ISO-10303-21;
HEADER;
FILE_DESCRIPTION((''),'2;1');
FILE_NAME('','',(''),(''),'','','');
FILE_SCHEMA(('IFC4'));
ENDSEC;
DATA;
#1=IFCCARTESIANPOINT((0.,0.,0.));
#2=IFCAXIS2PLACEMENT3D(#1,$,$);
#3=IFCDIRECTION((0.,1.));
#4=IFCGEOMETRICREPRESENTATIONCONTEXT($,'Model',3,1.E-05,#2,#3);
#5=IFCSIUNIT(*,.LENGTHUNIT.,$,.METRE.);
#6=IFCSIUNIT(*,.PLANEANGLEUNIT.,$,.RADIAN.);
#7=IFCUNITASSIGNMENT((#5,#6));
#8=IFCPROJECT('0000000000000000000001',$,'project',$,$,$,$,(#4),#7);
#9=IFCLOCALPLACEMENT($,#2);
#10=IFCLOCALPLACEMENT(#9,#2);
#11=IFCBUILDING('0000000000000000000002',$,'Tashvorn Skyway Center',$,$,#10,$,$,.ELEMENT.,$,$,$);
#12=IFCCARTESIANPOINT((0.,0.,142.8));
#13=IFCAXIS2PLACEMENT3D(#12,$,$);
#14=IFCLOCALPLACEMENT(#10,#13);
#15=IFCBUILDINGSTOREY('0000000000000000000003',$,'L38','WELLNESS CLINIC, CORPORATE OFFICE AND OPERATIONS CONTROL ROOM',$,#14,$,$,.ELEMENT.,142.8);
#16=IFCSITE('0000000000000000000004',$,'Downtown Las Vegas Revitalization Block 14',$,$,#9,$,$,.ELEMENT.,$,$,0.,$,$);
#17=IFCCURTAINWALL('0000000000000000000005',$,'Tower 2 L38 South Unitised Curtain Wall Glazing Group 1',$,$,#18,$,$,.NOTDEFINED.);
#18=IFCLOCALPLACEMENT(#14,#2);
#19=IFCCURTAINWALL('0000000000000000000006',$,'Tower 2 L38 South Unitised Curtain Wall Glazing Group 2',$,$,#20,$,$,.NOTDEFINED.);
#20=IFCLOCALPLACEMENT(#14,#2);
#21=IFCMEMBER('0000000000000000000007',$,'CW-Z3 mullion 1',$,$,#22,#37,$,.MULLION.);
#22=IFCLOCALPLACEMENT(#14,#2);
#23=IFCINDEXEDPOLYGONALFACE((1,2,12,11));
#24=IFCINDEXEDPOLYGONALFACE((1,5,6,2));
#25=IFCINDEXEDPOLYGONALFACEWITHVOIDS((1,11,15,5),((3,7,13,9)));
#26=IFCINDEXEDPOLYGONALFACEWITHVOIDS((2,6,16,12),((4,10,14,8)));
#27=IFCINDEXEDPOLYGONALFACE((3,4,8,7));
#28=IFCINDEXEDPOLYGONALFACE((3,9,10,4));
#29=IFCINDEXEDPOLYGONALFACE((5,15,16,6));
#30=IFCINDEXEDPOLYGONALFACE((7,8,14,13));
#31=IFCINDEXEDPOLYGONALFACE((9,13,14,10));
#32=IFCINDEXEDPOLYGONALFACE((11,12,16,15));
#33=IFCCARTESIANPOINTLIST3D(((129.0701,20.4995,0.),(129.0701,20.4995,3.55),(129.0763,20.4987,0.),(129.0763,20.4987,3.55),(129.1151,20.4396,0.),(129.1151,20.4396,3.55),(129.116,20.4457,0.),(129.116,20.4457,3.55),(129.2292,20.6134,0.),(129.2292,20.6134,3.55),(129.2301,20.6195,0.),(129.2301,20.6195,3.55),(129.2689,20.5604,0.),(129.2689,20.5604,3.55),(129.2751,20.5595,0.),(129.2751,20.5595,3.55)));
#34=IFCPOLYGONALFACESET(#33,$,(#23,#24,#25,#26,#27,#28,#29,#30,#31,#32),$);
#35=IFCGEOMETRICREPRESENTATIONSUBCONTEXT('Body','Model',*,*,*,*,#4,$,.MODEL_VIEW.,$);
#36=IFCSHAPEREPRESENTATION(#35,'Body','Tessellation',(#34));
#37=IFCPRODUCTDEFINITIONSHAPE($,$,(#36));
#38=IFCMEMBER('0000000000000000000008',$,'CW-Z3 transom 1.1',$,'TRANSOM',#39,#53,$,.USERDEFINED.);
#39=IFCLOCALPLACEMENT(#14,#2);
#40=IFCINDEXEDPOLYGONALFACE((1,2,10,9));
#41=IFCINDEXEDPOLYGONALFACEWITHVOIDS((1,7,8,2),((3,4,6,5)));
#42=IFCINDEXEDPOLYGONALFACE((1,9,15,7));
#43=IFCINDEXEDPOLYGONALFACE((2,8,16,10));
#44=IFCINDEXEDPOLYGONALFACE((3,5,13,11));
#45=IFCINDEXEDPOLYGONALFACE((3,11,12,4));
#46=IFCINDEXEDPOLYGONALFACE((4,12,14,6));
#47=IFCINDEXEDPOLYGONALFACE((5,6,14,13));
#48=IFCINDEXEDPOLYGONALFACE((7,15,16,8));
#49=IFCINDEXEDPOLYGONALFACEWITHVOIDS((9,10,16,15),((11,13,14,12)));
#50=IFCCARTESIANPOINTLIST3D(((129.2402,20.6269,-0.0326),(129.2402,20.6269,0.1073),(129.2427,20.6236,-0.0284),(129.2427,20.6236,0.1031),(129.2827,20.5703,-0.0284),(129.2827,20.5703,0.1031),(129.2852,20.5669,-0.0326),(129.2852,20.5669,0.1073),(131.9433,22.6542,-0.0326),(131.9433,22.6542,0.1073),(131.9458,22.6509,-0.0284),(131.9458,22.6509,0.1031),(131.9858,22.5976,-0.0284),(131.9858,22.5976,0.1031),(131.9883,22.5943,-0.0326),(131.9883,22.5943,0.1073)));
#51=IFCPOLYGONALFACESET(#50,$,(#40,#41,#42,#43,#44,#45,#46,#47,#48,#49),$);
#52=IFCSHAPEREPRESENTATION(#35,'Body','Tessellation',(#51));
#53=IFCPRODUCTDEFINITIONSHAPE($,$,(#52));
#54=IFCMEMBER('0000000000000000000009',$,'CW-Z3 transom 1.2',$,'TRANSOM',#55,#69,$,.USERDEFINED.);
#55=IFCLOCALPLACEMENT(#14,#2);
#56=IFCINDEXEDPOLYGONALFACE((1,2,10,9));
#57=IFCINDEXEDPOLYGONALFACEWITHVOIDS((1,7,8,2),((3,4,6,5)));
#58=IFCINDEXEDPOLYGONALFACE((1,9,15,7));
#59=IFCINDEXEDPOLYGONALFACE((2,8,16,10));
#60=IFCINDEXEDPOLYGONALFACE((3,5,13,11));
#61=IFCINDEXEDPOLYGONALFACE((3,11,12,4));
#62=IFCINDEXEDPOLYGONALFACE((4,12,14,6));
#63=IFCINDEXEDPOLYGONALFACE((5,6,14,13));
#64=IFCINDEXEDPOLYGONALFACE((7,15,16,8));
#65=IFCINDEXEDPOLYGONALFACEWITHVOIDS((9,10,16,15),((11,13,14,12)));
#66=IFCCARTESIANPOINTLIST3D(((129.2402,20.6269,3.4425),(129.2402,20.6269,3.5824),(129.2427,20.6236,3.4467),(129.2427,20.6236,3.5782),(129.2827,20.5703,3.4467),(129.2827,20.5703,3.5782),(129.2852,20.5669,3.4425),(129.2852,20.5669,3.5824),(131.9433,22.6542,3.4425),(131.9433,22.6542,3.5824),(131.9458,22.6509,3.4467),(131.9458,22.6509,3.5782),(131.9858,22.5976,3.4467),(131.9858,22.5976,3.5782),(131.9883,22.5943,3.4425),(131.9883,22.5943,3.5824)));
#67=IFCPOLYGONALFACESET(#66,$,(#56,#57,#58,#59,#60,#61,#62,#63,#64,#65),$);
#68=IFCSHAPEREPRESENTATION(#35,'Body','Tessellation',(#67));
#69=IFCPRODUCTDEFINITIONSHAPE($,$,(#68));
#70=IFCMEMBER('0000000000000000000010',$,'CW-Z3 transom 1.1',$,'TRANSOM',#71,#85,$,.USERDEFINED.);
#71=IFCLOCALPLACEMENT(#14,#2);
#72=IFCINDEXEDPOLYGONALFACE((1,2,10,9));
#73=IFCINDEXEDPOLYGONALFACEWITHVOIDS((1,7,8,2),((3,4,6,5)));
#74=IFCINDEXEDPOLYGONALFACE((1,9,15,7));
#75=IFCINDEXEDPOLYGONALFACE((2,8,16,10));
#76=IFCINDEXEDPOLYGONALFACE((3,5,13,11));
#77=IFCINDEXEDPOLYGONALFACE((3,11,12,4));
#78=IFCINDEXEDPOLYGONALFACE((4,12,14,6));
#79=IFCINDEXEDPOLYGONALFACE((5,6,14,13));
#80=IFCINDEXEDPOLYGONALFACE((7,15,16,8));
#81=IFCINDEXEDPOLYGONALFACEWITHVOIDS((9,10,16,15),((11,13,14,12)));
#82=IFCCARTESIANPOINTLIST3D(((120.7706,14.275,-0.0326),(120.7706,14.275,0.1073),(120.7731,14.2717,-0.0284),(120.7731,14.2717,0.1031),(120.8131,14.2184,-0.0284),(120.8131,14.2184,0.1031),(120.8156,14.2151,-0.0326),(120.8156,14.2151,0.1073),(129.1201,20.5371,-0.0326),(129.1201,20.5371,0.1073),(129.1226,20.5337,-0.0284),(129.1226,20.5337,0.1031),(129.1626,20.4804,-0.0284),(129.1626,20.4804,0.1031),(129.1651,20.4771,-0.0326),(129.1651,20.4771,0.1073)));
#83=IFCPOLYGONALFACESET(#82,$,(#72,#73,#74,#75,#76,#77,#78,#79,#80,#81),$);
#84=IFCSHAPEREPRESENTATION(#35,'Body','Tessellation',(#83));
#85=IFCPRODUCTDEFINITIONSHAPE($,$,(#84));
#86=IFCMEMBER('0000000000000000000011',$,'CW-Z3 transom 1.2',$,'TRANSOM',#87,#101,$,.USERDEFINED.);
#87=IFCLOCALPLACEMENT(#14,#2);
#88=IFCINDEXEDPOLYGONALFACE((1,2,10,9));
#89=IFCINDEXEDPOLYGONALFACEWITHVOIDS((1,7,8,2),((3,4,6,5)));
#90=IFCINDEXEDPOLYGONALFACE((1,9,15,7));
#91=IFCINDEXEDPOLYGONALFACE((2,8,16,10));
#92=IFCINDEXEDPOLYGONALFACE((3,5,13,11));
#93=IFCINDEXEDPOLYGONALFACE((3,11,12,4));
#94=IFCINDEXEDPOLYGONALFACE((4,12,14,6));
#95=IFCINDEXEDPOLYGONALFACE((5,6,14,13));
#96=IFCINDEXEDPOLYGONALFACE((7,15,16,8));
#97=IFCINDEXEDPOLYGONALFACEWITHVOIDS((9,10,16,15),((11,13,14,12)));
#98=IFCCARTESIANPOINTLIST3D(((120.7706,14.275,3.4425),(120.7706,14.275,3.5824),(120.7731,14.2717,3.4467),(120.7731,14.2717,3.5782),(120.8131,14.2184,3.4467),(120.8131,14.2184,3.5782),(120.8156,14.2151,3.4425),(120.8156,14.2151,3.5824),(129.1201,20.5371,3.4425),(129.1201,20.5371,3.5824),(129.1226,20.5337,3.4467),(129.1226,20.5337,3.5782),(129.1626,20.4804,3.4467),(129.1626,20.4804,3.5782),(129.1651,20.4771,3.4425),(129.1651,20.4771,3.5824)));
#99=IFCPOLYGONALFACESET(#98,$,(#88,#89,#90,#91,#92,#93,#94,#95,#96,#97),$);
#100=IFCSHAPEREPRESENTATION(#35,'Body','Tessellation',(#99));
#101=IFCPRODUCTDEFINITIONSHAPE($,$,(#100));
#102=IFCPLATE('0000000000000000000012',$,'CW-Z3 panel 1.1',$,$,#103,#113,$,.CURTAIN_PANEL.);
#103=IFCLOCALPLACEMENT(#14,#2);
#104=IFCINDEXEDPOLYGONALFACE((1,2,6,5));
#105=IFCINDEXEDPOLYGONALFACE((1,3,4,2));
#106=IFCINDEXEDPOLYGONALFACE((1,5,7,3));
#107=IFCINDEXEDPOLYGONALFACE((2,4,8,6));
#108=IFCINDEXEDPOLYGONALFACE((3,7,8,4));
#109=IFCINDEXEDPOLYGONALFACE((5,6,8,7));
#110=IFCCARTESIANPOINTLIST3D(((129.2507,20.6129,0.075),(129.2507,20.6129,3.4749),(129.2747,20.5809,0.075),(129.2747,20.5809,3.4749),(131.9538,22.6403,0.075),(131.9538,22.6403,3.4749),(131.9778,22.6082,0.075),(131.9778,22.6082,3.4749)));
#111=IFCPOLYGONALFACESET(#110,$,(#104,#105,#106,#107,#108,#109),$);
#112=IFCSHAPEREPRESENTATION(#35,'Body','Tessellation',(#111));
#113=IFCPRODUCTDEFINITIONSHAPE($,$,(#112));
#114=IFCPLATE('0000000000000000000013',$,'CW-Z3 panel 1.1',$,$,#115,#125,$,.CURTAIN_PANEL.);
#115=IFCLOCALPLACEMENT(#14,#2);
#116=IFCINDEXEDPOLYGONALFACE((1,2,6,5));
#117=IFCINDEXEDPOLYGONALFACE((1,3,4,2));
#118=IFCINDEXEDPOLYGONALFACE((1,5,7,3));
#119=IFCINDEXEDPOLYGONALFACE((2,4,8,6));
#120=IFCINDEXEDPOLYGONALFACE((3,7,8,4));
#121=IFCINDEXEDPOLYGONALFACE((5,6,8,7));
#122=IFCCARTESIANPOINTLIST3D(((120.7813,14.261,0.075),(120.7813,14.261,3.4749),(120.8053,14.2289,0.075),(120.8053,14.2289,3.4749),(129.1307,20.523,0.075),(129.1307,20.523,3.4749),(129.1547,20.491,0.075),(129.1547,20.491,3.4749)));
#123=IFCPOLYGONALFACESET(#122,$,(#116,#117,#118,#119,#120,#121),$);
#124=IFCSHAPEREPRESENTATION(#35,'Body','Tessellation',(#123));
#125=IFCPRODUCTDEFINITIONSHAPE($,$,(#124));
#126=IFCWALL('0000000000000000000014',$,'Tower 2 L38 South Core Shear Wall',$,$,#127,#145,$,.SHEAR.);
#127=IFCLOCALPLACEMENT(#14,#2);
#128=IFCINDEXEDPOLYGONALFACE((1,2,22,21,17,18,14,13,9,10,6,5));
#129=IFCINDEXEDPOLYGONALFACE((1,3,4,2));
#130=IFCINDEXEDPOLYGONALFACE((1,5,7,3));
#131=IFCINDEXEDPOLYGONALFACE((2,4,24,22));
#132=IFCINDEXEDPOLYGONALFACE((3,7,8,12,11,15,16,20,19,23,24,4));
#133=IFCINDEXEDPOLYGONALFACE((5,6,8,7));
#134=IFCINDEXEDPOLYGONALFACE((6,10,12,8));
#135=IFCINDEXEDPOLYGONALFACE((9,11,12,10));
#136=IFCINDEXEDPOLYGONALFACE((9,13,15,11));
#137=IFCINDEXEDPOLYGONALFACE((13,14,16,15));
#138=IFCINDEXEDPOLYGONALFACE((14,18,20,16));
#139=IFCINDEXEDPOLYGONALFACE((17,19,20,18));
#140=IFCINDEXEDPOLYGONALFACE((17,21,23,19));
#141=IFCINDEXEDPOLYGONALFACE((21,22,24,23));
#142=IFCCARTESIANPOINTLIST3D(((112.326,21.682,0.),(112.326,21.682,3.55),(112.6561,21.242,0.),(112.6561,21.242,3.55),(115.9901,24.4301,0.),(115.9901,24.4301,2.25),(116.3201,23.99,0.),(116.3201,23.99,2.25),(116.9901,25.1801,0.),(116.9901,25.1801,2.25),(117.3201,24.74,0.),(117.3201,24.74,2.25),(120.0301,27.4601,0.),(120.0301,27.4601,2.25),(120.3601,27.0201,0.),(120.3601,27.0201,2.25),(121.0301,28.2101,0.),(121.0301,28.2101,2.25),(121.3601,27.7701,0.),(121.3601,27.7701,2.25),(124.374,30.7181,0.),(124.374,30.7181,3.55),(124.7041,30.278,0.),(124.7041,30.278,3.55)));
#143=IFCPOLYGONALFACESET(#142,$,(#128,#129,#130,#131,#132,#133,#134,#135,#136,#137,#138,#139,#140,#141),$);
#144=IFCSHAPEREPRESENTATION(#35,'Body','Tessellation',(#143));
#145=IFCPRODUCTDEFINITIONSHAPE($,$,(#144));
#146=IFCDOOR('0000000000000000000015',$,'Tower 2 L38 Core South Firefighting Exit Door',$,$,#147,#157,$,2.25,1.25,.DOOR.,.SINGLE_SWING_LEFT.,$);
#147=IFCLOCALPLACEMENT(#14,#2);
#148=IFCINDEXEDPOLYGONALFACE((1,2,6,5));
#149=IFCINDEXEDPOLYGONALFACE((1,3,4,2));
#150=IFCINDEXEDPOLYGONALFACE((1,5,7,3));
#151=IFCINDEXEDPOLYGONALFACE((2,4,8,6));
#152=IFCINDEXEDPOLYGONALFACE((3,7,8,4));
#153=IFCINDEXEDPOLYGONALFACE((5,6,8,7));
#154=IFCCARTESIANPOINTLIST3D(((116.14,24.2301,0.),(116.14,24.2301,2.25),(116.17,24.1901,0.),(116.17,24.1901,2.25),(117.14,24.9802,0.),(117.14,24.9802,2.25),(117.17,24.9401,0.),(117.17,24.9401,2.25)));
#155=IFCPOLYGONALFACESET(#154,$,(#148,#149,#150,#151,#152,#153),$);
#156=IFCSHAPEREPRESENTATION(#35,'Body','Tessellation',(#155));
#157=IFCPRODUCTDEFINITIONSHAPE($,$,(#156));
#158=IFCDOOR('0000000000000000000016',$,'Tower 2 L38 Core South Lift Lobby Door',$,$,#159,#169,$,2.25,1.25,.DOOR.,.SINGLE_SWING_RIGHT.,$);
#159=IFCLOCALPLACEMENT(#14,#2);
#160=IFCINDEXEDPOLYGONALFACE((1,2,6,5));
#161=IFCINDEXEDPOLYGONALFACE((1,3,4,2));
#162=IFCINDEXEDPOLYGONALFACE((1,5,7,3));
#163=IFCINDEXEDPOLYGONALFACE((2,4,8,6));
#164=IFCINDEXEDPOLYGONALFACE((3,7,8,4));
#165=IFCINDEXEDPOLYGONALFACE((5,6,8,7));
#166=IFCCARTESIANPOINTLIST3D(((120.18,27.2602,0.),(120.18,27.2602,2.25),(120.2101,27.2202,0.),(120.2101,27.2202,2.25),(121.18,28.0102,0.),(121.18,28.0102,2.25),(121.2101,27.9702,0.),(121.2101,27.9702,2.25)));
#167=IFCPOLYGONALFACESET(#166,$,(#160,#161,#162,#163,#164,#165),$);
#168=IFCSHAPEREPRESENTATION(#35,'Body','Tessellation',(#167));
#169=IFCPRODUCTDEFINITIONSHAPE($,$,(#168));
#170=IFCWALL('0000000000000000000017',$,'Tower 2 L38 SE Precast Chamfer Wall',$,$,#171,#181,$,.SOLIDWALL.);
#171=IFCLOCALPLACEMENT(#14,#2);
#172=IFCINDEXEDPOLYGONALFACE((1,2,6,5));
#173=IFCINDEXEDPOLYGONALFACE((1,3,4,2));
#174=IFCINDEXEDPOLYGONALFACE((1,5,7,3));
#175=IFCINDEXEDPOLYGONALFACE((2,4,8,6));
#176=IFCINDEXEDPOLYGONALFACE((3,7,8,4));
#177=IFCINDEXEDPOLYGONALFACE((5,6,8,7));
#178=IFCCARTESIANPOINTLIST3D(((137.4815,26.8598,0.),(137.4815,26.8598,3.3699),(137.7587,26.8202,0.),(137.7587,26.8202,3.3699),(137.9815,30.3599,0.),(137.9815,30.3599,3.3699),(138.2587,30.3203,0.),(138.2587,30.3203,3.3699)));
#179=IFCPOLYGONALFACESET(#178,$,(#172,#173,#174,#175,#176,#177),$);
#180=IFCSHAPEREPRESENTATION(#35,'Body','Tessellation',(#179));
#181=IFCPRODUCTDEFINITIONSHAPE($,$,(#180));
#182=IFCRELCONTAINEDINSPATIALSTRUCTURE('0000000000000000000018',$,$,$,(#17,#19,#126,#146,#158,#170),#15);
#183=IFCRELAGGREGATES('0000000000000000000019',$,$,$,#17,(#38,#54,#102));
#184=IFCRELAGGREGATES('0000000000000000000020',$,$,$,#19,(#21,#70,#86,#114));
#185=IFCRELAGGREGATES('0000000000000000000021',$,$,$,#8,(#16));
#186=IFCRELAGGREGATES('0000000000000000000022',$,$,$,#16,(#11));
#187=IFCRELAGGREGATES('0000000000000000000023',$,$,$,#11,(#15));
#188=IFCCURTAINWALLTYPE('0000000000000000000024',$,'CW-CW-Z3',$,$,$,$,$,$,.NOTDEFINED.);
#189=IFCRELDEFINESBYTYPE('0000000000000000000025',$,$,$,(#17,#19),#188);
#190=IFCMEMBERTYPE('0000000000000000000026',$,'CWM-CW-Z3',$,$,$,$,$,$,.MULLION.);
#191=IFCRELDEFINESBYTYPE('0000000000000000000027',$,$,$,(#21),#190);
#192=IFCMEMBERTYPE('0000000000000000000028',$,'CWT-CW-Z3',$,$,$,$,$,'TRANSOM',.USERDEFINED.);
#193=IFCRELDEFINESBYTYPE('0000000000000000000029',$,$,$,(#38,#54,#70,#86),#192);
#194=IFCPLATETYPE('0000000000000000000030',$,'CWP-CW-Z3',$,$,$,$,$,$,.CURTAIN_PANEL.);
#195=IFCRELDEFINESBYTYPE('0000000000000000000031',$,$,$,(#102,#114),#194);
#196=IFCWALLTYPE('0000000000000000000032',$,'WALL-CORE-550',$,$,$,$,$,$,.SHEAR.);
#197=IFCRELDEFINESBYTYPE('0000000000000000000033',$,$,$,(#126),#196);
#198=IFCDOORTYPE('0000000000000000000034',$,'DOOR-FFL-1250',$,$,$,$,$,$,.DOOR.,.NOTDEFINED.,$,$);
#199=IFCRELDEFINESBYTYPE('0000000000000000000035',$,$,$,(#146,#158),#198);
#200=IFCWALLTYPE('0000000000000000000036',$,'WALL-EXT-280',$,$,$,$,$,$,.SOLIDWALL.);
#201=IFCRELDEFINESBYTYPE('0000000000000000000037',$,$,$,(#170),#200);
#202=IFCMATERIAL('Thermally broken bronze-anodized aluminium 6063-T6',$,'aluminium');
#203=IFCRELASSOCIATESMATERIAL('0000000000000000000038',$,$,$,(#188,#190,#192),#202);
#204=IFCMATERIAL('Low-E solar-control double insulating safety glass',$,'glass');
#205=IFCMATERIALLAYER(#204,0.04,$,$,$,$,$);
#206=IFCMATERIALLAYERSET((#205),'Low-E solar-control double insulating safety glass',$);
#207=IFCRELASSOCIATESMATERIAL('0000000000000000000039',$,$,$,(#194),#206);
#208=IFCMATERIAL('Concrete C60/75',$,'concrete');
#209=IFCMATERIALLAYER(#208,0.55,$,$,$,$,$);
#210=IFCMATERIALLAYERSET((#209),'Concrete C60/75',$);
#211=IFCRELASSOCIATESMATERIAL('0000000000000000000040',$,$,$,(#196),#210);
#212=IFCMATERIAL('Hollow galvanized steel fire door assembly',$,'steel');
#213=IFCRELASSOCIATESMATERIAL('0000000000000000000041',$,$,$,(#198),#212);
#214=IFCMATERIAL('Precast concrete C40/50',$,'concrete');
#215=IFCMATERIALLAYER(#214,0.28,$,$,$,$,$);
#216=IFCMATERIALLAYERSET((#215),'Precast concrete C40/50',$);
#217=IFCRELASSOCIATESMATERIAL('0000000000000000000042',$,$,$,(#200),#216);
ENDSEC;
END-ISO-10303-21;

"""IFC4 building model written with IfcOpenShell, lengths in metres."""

from ifc_helpers import new_model, si_unit, direction, frame, frame_2d, origin, origin_2d, place, context, subcontext, project, spatial, rectangle, hollow_rectangle, extrude, material, layer, layer_set, material_profile, profile_set, type_object, element, fill, aggregate, save


model = new_model("IFC4")

# Units and contexts
model_context = context("Model", 3, precision=1e-05, world=origin(), true_north=direction((0.0, 1.0)))
body_context = subcontext(model_context, "Body", "Model", "MODEL_VIEW")
ifc_project = project(units=[si_unit("LENGTHUNIT", "METRE"), si_unit("PLANEANGLEUNIT", "RADIAN")], contexts=[model_context])

# Site, building, storey
site_placement = place(None, origin())
site = spatial("IfcSite", under=ifc_project, at=site_placement, Name="Downtown Las Vegas Revitalization Block 14", CompositionType="ELEMENT", RefElevation=0.0)
building_placement = place(site_placement, origin())
building = spatial("IfcBuilding", under=site, at=building_placement, Name="Tashvorn Skyway Center", CompositionType="ELEMENT")
storey_placement = place(building_placement, frame((0.0, 0.0, 142.8)))
storey = spatial("IfcBuildingStorey", under=building, at=storey_placement, Name="L38", Description="WELLNESS CLINIC, CORPORATE OFFICE AND OPERATIONS CONTROL ROOM", CompositionType="ELEMENT", Elevation=142.8)

# Curtain wall
ifc_material_1 = material(Name="Thermally broken bronze-anodized aluminium 6063-T6", Category="aluminium")
curtain_wall_type = type_object("IfcCurtainWallType", Name="CW-CW-Z3", PredefinedType="NOTDEFINED", material=ifc_material_1)
curtain_wall_1_placement = place(storey_placement, origin())
curtain_wall_1 = element("IfcCurtainWall", 1, at=curtain_wall_1_placement, inside=storey, type_object=curtain_wall_type, Name="Tower 2 L38 South Unitised Curtain Wall Glazing Group 1", PredefinedType="NOTDEFINED")
ifc_material_profile_1 = material_profile(ifc_material_1, hollow_rectangle(XDim=0.075, YDim=0.2, WallThickness=0.0044, at=origin_2d()), Name="ALU-MULL-75x200")
ifc_profile_set_1 = profile_set([ifc_material_profile_1], Name="Thermally broken bronze-anodized aluminium 6063-T6")
member_type_1 = type_object("IfcMemberType", Name="CWM-CW-Z3", PredefinedType="MULLION", material=ifc_profile_set_1)

# Curtain wall, member
curtain_wall_2_placement = place(storey_placement, origin())
curtain_wall_2 = element("IfcCurtainWall", 2, at=curtain_wall_2_placement, inside=storey, type_object=curtain_wall_type, Name="Tower 2 L38 South Unitised Curtain Wall Glazing Group 2", PredefinedType="NOTDEFINED")
member_1_placement = place(storey_placement, frame((129.1726, 20.5295, 0.0), z_axis=(0.0, 0.0, 1.0), x_axis=(0.599997, -0.800002, 0.0)))
member_1 = element("IfcMember", 3, at=member_1_placement, type_object=member_type_1, Name="CW-Z3 mullion 1", PredefinedType="MULLION", context=body_context, shape_type="SweptSolid", body=[
    extrude(hollow_rectangle(XDim=0.075, YDim=0.2, WallThickness=0.0044, at=origin_2d()), origin(), (0.0, 0.0, 1.0), 3.55),
])

# Members
ifc_material_profile_2 = material_profile(ifc_material_1, hollow_rectangle(XDim=0.075, YDim=0.1399, WallThickness=0.0042, at=origin_2d()), Name="ALU-TRAN-75x140")
ifc_profile_set_2 = profile_set([ifc_material_profile_2], Name="Thermally broken bronze-anodized aluminium 6063-T6")
member_type_2 = type_object("IfcMemberType", Name="CWT-CW-Z3", ElementType="TRANSOM", PredefinedType="USERDEFINED", material=ifc_profile_set_2)
member_2_placement = place(storey_placement, frame((131.9658, 22.6243, 0.0374), z_axis=(-0.8, -0.6, 0.0), x_axis=(0.6, -0.8, 0.0)))
member_2 = element("IfcMember", 4, at=member_2_placement, type_object=member_type_2, Name="CW-Z3 transom 1.1", ObjectType="TRANSOM", PredefinedType="USERDEFINED", context=body_context, shape_type="SweptSolid", body=[
    extrude(hollow_rectangle(XDim=0.075, YDim=0.1399, WallThickness=0.0042, at=origin_2d()), origin(), (0.0, 0.0, 1.0), 3.3789),
])
member_3_placement = place(storey_placement, frame((131.9658, 22.6243, 3.5125), z_axis=(-0.8, -0.6, 0.0), x_axis=(0.6, -0.8, 0.0)))
member_3 = element("IfcMember", 5, at=member_3_placement, type_object=member_type_2, Name="CW-Z3 transom 1.2", ObjectType="TRANSOM", PredefinedType="USERDEFINED", context=body_context, shape_type="SweptSolid", body=[
    extrude(hollow_rectangle(XDim=0.075, YDim=0.1399, WallThickness=0.0042, at=origin_2d()), origin(), (0.0, 0.0, 1.0), 3.3789),
])
member_4_placement = place(storey_placement, frame((129.1426, 20.5071, 0.0374), z_axis=(-0.800003, -0.599996, 0.0), x_axis=(0.599996, -0.800003, 0.0)))
member_4 = element("IfcMember", 6, at=member_4_placement, type_object=member_type_2, Name="CW-Z3 transom 1.1", ObjectType="TRANSOM", PredefinedType="USERDEFINED", context=body_context, shape_type="SweptSolid", body=[
    extrude(hollow_rectangle(XDim=0.075, YDim=0.1399, WallThickness=0.0042, at=origin_2d()), origin(), (0.0, 0.0, 1.0), 10.4368),
])
member_5_placement = place(storey_placement, frame((129.1426, 20.5071, 3.5125), z_axis=(-0.800003, -0.599996, 0.0), x_axis=(0.599996, -0.800003, 0.0)))
member_5 = element("IfcMember", 7, at=member_5_placement, type_object=member_type_2, Name="CW-Z3 transom 1.2", ObjectType="TRANSOM", PredefinedType="USERDEFINED", context=body_context, shape_type="SweptSolid", body=[
    extrude(hollow_rectangle(XDim=0.075, YDim=0.1399, WallThickness=0.0042, at=origin_2d()), origin(), (0.0, 0.0, 1.0), 10.4368),
])

# Plates
ifc_material_2 = material(Name="Low-E solar-control double insulating safety glass", Category="glass")
ifc_layer_1 = layer(ifc_material_2, 0.04)
ifc_layer_set_1 = layer_set([ifc_layer_1], Name="Low-E solar-control double insulating safety glass")
plate_type = type_object("IfcPlateType", Name="CWP-CW-Z3", PredefinedType="CURTAIN_PANEL", material=ifc_layer_set_1)
plate_1_placement = place(storey_placement, frame((130.6143, 21.6106, 0.075), z_axis=(0.0, 0.0, 1.0), x_axis=(-0.800003, -0.599995, 0.0)))
plate_1 = element("IfcPlate", 8, at=plate_1_placement, type_object=plate_type, Name="CW-Z3 panel 1.1", PredefinedType="CURTAIN_PANEL", context=body_context, shape_type="SweptSolid", body=[
    extrude(rectangle(XDim=3.3789, YDim=0.04, at=origin_2d()), origin(), (0.0, 0.0, 1.0), 3.3999),
])
aggregate(curtain_wall_1, [member_2, member_3, plate_1])
plate_2_placement = place(storey_placement, frame((124.968, 17.376, 0.075), z_axis=(0.0, 0.0, 1.0), x_axis=(-0.800002, -0.599997, 0.0)))
plate_2 = element("IfcPlate", 9, at=plate_2_placement, type_object=plate_type, Name="CW-Z3 panel 1.1", PredefinedType="CURTAIN_PANEL", context=body_context, shape_type="SweptSolid", body=[
    extrude(rectangle(XDim=10.4368, YDim=0.04, at=origin_2d()), origin(), (0.0, 0.0, 1.0), 3.3999),
])
aggregate(curtain_wall_2, [member_1, member_4, member_5, plate_2])

# Wall, openings, doors
ifc_material_3 = material(Name="Concrete C60/75", Category="concrete")
ifc_layer_2 = layer(ifc_material_3, 0.55)
ifc_layer_set_2 = layer_set([ifc_layer_2], Name="Concrete C60/75")
wall_type_1 = type_object("IfcWallType", Name="WALL-CORE-550", PredefinedType="SHEAR", material=ifc_layer_set_2)
wall_1_placement = place(storey_placement, frame((124.5391, 30.498, 0.0), z_axis=(0.0, 0.0, 1.0), x_axis=(-0.799998, -0.600003, 0.0)))
wall_1 = element("IfcWall", 10, at=wall_1_placement, inside=storey, type_object=wall_type_1, Name="Tower 2 L38 South Core Shear Wall", PredefinedType="SHEAR", context=body_context, shape_type="SweptSolid", body=[
    extrude(rectangle(XDim=15.0601, YDim=0.55, at=frame_2d((7.53, 0.0))), origin(), (0.0, 0.0, 1.0), 3.55),
])
opening_1_placement = place(wall_1_placement, frame((9.23, 0.0, 0.0)))
opening_1 = element("IfcOpeningElement", 11, at=opening_1_placement, cuts=wall_1, PredefinedType="OPENING", context=body_context, shape_type="SweptSolid", body=[
    extrude(rectangle(XDim=1.25, YDim=2.25, at=frame_2d((0.625, 1.125))), frame((0.0, 0.2849, 0.0), z_axis=(0.0, -1.0, 0.0), x_axis=(1.0, 0.0, 0.0)), (0.0, 0.0, 1.0), 0.5701),
])
opening_2_placement = place(wall_1_placement, frame((4.1799, 0.0, 0.0)))
opening_2 = element("IfcOpeningElement", 12, at=opening_2_placement, cuts=wall_1, PredefinedType="OPENING", context=body_context, shape_type="SweptSolid", body=[
    extrude(rectangle(XDim=1.25, YDim=2.25, at=frame_2d((0.625, 1.125))), frame((0.0, 0.2849, 0.0), z_axis=(0.0, -1.0, 0.0), x_axis=(1.0, 0.0, 0.0)), (0.0, 0.0, 1.0), 0.5701),
])
ifc_material_4 = material(Name="Hollow galvanized steel fire door assembly", Category="steel")
door_type_1 = type_object("IfcDoorType", Name="DOOR-FFL-1250", OperationType="NOTDEFINED", PredefinedType="DOOR", material=ifc_material_4)
door_1_placement = place(opening_1_placement, origin())
door_1 = element("IfcDoor", 13, at=door_1_placement, inside=storey, type_object=door_type_1, Name="Tower 2 L38 Core South Firefighting Exit Door", OperationType="SINGLE_SWING_LEFT", OverallHeight=2.25, OverallWidth=1.25, PredefinedType="DOOR", context=body_context, shape_type="SweptSolid", body=[
    extrude(rectangle(XDim=1.25, YDim=2.25, at=frame_2d((0.625, 1.125))), frame((0.0, 0.0249, 0.0), z_axis=(0.0, -1.0, 0.0), x_axis=(1.0, 0.0, 0.0)), (0.0, 0.0, 1.0), 0.05),
])
fill(opening_1, door_1)
door_2_placement = place(opening_2_placement, origin())
door_2 = element("IfcDoor", 14, at=door_2_placement, inside=storey, type_object=door_type_1, Name="Tower 2 L38 Core South Lift Lobby Door", OperationType="SINGLE_SWING_RIGHT", OverallHeight=2.25, OverallWidth=1.25, PredefinedType="DOOR", context=body_context, shape_type="SweptSolid", body=[
    extrude(rectangle(XDim=1.25, YDim=2.25, at=frame_2d((0.625, 1.125))), frame((0.0, 0.0249, 0.0), z_axis=(0.0, -1.0, 0.0), x_axis=(1.0, 0.0, 0.0)), (0.0, 0.0, 1.0), 0.05),
])
fill(opening_2, door_2)

# Wall
ifc_material_5 = material(Name="Precast concrete C40/50", Category="concrete")
ifc_layer_3 = layer(ifc_material_5, 0.28)
ifc_layer_set_3 = layer_set([ifc_layer_3], Name="Precast concrete C40/50")
wall_type_2 = type_object("IfcWallType", Name="WALL-EXT-280", PredefinedType="SOLIDWALL", material=ifc_layer_set_3)
wall_2_placement = place(storey_placement, frame((138.1201, 30.3401, 0.0), z_axis=(0.0, 0.0, 1.0), x_axis=(-0.141421, -0.989949, 0.0)))
element("IfcWall", 15, at=wall_2_placement, inside=storey, type_object=wall_type_2, Name="Tower 2 L38 SE Precast Chamfer Wall", PredefinedType="SOLIDWALL", context=body_context, shape_type="SweptSolid", body=[
    extrude(rectangle(XDim=3.5356, YDim=0.28, at=frame_2d((1.7678, 0.0))), origin(), (0.0, 0.0, 1.0), 3.3699),
])

save(model, "model.ifc")
